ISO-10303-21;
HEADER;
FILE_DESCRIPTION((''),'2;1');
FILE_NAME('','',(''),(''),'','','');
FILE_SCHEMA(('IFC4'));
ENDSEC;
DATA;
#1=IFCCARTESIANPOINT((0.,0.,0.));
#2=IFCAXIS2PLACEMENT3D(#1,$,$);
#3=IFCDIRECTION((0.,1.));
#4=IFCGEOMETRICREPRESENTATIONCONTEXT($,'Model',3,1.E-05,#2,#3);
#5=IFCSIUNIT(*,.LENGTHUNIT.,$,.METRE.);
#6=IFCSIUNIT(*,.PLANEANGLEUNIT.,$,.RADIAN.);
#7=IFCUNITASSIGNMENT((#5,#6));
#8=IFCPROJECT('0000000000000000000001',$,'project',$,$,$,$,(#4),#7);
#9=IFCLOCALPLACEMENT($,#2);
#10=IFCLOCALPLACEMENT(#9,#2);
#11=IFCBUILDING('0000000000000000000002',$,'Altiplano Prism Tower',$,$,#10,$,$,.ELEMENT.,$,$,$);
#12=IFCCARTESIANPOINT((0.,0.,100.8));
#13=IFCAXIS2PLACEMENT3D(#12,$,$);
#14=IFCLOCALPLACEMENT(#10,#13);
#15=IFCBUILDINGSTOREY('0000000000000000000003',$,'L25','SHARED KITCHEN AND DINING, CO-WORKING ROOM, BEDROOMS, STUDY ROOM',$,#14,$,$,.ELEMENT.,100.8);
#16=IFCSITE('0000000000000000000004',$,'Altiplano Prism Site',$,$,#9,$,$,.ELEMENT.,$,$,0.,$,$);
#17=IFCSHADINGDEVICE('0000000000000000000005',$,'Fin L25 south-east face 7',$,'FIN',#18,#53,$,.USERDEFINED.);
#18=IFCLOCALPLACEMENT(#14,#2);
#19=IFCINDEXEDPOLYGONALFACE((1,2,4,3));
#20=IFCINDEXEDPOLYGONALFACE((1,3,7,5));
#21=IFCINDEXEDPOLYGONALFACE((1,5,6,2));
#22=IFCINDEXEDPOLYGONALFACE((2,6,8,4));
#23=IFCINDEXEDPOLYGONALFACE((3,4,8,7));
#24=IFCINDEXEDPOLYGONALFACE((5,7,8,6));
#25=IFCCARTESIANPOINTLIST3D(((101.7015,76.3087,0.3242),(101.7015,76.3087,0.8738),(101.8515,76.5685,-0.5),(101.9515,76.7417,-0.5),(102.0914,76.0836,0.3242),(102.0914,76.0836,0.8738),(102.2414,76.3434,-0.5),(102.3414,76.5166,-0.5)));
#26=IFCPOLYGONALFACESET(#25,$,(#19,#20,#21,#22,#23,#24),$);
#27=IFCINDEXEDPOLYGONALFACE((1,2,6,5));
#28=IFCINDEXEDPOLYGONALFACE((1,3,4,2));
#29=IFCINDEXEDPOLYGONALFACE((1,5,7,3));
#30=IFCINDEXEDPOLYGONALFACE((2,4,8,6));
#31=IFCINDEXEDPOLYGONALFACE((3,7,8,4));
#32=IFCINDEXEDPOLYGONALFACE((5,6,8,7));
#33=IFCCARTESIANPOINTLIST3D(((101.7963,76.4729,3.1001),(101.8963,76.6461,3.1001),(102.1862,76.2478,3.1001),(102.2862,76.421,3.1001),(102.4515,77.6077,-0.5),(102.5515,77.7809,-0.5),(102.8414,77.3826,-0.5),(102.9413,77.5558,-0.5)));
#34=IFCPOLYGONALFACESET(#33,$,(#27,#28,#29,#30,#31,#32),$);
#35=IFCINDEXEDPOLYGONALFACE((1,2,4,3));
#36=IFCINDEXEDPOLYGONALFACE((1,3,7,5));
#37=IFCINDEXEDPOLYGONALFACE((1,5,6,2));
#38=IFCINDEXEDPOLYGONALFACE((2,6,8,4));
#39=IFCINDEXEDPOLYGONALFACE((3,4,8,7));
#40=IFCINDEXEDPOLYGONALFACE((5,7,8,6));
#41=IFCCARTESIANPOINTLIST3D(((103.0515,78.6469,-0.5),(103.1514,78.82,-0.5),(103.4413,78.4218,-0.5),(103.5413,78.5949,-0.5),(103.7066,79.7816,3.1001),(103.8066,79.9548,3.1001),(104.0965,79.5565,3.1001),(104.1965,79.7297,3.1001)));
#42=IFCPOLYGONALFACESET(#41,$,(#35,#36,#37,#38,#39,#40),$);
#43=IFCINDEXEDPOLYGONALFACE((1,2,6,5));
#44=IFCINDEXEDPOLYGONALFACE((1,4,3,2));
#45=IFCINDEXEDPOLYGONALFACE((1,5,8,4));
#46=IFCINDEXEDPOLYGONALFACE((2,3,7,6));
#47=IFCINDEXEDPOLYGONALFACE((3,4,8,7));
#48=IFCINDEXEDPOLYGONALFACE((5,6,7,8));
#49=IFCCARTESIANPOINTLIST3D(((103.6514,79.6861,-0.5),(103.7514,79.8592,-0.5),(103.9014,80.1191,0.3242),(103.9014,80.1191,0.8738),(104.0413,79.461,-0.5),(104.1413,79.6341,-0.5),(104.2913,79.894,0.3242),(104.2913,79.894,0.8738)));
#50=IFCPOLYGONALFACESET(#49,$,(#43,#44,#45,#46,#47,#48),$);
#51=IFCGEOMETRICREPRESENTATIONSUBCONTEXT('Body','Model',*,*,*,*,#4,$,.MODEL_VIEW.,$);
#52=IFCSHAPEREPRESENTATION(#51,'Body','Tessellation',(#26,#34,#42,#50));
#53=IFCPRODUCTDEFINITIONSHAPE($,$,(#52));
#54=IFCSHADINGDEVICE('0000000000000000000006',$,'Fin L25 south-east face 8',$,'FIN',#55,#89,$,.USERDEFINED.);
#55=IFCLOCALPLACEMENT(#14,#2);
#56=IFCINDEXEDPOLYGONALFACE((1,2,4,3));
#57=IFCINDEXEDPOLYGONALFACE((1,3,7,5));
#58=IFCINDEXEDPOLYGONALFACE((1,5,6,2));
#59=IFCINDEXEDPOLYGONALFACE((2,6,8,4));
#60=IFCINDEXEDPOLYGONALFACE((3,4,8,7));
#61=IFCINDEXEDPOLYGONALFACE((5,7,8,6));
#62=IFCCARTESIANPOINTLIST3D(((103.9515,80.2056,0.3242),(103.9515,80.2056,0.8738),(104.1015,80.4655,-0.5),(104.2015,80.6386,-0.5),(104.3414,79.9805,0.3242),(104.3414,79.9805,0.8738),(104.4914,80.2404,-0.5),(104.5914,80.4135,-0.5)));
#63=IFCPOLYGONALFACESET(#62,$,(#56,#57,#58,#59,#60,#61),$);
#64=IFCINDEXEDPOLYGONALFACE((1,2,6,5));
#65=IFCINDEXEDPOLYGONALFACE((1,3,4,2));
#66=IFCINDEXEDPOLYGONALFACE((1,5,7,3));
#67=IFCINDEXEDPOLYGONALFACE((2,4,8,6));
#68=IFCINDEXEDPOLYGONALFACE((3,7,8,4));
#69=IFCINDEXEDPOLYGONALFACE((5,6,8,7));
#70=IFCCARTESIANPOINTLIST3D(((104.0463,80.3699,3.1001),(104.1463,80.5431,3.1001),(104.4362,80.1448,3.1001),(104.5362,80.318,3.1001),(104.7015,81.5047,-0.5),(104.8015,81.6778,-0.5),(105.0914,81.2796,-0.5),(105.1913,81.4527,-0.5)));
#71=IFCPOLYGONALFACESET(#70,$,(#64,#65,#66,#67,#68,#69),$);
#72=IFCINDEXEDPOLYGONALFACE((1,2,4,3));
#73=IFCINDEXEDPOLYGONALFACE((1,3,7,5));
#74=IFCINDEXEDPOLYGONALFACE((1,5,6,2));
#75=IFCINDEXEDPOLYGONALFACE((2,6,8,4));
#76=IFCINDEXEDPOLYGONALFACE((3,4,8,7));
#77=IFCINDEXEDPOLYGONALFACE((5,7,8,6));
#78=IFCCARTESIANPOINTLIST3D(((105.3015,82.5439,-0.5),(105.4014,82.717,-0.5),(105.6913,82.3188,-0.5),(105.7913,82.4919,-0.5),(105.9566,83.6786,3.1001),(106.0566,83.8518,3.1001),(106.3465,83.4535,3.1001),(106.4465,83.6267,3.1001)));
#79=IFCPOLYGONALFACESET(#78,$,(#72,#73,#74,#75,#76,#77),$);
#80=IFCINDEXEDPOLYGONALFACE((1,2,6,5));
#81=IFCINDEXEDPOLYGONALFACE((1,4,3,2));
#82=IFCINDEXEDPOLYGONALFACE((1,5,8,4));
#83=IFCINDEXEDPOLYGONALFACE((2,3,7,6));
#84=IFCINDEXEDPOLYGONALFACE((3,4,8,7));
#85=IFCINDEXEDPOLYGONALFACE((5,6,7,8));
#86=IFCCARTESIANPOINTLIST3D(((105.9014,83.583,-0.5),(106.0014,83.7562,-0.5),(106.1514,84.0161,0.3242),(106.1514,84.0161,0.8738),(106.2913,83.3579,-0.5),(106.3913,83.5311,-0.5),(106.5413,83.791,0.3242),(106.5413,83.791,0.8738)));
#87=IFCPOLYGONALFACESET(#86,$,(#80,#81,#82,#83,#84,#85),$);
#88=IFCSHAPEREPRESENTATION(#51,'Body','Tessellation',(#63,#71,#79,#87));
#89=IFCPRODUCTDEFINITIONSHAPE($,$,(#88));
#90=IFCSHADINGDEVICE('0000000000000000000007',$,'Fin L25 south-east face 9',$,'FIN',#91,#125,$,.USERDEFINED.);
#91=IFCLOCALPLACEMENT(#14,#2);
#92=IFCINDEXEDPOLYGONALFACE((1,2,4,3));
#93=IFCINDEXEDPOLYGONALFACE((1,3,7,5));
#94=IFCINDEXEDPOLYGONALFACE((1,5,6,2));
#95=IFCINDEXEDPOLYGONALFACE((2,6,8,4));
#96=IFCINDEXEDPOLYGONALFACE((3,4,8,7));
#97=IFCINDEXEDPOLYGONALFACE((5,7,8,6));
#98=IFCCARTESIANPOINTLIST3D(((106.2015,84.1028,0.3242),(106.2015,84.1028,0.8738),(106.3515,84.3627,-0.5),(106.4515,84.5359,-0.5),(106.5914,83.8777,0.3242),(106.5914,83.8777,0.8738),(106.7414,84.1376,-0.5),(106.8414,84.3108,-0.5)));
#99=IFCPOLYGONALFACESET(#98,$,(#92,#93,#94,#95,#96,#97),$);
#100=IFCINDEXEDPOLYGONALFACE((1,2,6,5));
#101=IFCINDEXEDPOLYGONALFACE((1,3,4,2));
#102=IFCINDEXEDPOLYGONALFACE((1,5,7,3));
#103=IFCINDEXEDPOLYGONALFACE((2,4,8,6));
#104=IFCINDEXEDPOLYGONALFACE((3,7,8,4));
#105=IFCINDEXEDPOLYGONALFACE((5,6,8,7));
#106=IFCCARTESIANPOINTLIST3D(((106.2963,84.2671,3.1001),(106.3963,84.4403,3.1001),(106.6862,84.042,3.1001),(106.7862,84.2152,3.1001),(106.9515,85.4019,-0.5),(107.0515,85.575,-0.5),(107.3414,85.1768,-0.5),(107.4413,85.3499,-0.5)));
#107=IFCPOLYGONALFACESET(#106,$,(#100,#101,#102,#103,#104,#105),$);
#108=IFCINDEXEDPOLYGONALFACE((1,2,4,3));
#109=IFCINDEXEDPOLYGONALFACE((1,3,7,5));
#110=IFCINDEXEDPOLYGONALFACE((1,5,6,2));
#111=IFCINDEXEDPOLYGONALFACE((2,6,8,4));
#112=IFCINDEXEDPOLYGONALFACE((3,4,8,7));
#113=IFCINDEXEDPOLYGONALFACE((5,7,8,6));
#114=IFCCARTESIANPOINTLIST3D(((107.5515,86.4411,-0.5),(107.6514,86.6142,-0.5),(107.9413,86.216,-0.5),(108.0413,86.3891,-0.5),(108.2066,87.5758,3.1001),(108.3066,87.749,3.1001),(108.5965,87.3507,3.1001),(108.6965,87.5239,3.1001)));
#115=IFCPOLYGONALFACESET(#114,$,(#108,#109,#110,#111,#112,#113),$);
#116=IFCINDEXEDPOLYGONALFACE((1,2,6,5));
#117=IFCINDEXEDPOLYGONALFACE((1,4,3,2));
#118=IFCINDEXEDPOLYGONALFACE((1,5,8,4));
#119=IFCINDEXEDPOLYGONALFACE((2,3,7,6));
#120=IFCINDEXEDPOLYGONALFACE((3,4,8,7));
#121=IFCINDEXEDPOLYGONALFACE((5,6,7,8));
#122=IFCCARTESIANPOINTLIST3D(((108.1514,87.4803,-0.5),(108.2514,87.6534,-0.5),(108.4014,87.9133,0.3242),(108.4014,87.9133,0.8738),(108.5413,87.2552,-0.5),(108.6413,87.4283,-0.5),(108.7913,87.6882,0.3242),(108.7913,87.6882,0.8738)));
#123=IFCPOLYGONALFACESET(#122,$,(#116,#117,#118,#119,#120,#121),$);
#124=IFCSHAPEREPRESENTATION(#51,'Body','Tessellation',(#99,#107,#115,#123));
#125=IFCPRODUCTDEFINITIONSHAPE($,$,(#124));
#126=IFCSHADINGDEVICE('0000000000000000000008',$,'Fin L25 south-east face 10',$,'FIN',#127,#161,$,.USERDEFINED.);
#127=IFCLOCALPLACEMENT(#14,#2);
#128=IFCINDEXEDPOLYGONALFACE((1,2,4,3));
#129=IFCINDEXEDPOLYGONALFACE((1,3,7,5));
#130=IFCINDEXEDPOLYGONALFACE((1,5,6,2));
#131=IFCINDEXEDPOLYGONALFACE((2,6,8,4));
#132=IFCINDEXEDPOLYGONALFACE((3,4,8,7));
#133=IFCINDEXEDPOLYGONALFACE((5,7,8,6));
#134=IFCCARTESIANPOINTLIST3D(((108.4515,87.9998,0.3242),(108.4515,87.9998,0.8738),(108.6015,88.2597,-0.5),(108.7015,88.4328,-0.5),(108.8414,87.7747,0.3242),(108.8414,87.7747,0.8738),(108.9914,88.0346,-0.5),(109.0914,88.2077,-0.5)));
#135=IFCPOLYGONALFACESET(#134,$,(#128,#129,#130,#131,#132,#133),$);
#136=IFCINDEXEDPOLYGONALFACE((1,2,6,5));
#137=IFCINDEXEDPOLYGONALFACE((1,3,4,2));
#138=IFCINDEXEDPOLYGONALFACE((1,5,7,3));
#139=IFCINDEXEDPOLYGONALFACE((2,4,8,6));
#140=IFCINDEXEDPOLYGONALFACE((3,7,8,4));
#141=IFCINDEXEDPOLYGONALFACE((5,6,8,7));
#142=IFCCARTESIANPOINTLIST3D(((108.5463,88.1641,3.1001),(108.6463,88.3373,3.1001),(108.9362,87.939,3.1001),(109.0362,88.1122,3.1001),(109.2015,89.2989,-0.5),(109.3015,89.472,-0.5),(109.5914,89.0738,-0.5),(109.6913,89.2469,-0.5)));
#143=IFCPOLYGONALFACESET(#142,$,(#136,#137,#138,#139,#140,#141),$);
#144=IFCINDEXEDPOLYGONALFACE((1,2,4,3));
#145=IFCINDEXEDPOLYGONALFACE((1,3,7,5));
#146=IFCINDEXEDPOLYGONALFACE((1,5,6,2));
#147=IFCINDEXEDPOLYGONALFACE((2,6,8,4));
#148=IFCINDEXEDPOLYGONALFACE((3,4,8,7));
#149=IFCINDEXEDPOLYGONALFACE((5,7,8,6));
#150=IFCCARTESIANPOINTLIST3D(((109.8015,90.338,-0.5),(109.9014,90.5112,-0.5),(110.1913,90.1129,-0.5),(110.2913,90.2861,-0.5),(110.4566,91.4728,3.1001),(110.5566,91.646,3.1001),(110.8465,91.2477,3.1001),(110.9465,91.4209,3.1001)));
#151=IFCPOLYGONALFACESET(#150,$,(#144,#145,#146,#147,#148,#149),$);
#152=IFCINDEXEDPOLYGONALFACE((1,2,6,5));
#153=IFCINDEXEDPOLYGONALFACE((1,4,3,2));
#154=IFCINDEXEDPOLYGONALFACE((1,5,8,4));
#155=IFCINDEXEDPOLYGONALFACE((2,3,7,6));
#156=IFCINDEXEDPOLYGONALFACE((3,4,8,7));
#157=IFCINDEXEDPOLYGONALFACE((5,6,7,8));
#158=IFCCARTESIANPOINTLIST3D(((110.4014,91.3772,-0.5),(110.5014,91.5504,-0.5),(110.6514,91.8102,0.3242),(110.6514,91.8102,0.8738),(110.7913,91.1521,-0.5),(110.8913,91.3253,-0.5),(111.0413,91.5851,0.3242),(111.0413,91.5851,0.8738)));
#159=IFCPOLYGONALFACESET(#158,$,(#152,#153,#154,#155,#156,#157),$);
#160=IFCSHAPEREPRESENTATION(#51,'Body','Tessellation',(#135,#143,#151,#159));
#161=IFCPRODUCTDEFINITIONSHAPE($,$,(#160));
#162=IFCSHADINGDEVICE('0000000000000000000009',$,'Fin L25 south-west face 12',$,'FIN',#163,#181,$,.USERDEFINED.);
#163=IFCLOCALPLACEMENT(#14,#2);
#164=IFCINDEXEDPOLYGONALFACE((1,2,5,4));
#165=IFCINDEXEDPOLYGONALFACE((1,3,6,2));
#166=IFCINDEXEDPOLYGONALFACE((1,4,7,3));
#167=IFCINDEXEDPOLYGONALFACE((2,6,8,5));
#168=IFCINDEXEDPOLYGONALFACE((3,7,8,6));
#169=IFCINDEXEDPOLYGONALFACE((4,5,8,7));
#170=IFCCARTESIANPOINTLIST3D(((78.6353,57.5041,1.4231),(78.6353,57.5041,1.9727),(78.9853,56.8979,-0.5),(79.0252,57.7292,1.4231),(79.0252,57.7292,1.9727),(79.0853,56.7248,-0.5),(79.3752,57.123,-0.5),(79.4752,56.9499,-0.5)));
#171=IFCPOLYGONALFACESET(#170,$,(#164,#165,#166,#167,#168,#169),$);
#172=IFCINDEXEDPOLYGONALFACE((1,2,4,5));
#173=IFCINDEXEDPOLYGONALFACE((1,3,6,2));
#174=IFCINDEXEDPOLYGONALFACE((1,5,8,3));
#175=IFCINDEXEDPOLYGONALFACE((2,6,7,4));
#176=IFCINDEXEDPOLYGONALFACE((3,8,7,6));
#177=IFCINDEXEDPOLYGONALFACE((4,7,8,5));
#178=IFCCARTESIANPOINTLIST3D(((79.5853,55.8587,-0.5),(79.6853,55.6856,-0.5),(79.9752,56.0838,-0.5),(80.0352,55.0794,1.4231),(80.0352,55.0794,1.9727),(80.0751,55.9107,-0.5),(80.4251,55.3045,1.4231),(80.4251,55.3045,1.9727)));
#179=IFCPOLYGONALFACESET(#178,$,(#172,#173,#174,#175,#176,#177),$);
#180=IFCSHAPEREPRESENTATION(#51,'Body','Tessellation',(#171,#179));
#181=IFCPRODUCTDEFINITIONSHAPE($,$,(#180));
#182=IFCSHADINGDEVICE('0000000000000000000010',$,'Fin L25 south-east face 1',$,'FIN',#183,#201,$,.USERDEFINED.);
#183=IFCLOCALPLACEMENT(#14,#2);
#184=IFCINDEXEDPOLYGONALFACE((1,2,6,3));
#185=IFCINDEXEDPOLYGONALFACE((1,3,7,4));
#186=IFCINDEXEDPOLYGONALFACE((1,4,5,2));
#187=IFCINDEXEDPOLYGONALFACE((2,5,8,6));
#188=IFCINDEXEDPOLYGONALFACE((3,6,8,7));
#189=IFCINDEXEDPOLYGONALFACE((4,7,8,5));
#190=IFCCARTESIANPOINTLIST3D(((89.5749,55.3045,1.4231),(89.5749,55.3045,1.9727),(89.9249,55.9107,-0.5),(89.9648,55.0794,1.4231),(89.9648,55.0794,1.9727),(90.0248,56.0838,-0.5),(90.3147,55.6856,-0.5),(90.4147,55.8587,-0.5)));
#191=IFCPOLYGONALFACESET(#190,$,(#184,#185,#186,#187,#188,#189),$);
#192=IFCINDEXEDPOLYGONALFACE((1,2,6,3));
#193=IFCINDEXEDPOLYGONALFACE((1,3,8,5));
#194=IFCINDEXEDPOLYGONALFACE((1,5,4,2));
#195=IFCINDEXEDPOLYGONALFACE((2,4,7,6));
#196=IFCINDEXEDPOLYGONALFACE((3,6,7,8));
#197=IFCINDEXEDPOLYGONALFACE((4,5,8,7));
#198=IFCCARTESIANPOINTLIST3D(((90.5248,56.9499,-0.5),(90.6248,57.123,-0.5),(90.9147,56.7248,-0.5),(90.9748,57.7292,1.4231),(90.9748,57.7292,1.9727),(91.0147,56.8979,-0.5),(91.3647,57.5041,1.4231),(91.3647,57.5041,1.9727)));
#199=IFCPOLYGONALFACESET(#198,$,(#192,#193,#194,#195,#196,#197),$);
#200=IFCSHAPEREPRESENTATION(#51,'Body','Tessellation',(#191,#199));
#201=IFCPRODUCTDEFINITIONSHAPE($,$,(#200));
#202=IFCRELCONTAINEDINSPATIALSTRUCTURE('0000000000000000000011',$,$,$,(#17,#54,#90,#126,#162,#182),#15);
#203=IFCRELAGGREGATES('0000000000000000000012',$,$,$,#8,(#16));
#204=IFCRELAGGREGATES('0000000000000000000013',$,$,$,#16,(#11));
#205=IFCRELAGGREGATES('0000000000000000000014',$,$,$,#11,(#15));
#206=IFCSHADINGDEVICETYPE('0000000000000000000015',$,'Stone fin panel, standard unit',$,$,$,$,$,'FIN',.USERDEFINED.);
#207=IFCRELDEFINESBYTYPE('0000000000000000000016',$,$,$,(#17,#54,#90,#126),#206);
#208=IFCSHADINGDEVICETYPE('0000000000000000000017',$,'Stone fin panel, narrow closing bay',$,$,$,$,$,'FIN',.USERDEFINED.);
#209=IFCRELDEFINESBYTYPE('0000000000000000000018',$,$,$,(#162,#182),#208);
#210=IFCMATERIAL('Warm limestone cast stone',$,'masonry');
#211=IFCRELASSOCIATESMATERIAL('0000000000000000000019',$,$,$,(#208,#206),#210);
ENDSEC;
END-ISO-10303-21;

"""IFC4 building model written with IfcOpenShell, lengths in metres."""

from ifc_helpers import new_model, si_unit, direction, frame, origin, place, context, subcontext, project, spatial, polyline, outline, extrude, source, transform, mapped, material, type_object, element, save


model = new_model("IFC4")

# Units and contexts
model_context = context("Model", 3, precision=1e-05, world=origin(), true_north=direction((0.0, 1.0)))
body_context = subcontext(model_context, "Body", "Model", "MODEL_VIEW")
ifc_project = project(units=[si_unit("LENGTHUNIT", "METRE"), si_unit("PLANEANGLEUNIT", "RADIAN")], contexts=[model_context])

# Site, building, storey
site_placement = place(None, origin())
site = spatial("IfcSite", under=ifc_project, at=site_placement, Name="Altiplano Prism Site", CompositionType="ELEMENT", RefElevation=0.0)
building_placement = place(site_placement, origin())
building = spatial("IfcBuilding", under=site, at=building_placement, Name="Altiplano Prism Tower", CompositionType="ELEMENT")
storey_placement = place(building_placement, frame((0.0, 0.0, 100.8)))
storey = spatial("IfcBuildingStorey", under=building, at=storey_placement, Name="L25", Description="SHARED KITCHEN AND DINING, CO-WORKING ROOM, BEDROOMS, STUDY ROOM", CompositionType="ELEMENT", Elevation=100.8)

# Shading devices
ifc_material_1 = material(Name="Warm limestone cast stone", Category="masonry")
shading_device_type_1 = type_object("IfcShadingDeviceType", Name="Stone fin panel, narrow closing bay", ElementType="FIN", PredefinedType="USERDEFINED", material=ifc_material_1)
shading_device_type_2 = type_object("IfcShadingDeviceType", Name="Stone fin panel, standard unit", ElementType="FIN", PredefinedType="USERDEFINED", material=ifc_material_1)
shared_shape_1 = source(origin(), body_context, "Body", "SweptSolid", [
    extrude(outline(polyline([(-2.2, 1.3738), (-2.2, 0.8242), (-1.8999, 0.0), (-1.7, 0.0), (-2.2, 1.3738)])), frame((0.0, -0.1499, 0.0), z_axis=(0.0, -1.0, 0.0), x_axis=(1.0, 0.0, 0.0)), (0.0, 0.0, 1.0), 0.4502),
    extrude(outline(polyline([(-2.0103, 3.6001), (-0.7, 0.0), (-0.5, 0.0), (-1.8103, 3.6001), (-2.0103, 3.6001)])), frame((0.0, -0.1499, 0.0), z_axis=(0.0, -1.0, 0.0), x_axis=(1.0, 0.0, 0.0)), (0.0, 0.0, 1.0), 0.4502),
    extrude(outline(polyline([(1.8103, 3.6001), (0.5, 0.0), (0.7, 0.0), (2.0103, 3.6001), (1.8103, 3.6001)])), frame((0.0, -0.1499, 0.0), z_axis=(0.0, -1.0, 0.0), x_axis=(1.0, 0.0, 0.0)), (0.0, 0.0, 1.0), 0.4502),
    extrude(outline(polyline([(2.2, 0.8242), (2.2, 1.3738), (1.7, 0.0), (1.8999, 0.0), (2.2, 0.8242)])), frame((0.0, -0.1499, 0.0), z_axis=(0.0, -1.0, 0.0), x_axis=(1.0, 0.0, 0.0)), (0.0, 0.0, 1.0), 0.4502),
])
shading_device_1_placement = place(storey_placement, origin())
element("IfcShadingDevice", 1, at=shading_device_1_placement, inside=storey, type_object=shading_device_type_2, Name="Fin L25 south-east face 7", ObjectType="FIN", PredefinedType="USERDEFINED", context=body_context, shape_type="MappedRepresentation", body=[
    mapped(shared_shape_1, transform((102.6716, 78.2888, -0.5), x_axis=(0.5, 0.866025, 0.0), y_axis=(-0.866025, 0.5, 0.0), z_axis=(0.0, 0.0, 1.0))),
])
shading_device_2_placement = place(storey_placement, origin())
element("IfcShadingDevice", 2, at=shading_device_2_placement, inside=storey, type_object=shading_device_type_2, Name="Fin L25 south-east face 8", ObjectType="FIN", PredefinedType="USERDEFINED", context=body_context, shape_type="MappedRepresentation", body=[
    mapped(shared_shape_1, transform((104.9216, 82.1858, -0.5), x_axis=(0.5, 0.866025, 0.0), y_axis=(-0.866025, 0.5, 0.0), z_axis=(0.0, 0.0, 1.0))),
])
shading_device_3_placement = place(storey_placement, origin())
element("IfcShadingDevice", 3, at=shading_device_3_placement, inside=storey, type_object=shading_device_type_2, Name="Fin L25 south-east face 9", ObjectType="FIN", PredefinedType="USERDEFINED", context=body_context, shape_type="MappedRepresentation", body=[
    mapped(shared_shape_1, transform((107.1716, 86.083, -0.5), x_axis=(0.5, 0.866025, 0.0), y_axis=(-0.866025, 0.5, 0.0), z_axis=(0.0, 0.0, 1.0))),
])
shading_device_4_placement = place(storey_placement, origin())
element("IfcShadingDevice", 4, at=shading_device_4_placement, inside=storey, type_object=shading_device_type_2, Name="Fin L25 south-east face 10", ObjectType="FIN", PredefinedType="USERDEFINED", context=body_context, shape_type="MappedRepresentation", body=[
    mapped(shared_shape_1, transform((109.4216, 89.98, -0.5), x_axis=(0.5, 0.866025, 0.0), y_axis=(-0.866025, 0.5, 0.0), z_axis=(0.0, 0.0, 1.0))),
])
shared_shape_2 = source(origin(), body_context, "Body", "SweptSolid", [
    extrude(outline(polyline([(-1.3999, 2.4727), (-1.3999, 1.9231), (-0.7, 0.0), (-0.5, 0.0), (-1.3999, 2.4727)])), frame((0.0, -0.1499, 0.0), z_axis=(0.0, -1.0, 0.0), x_axis=(1.0, 0.0, 0.0)), (0.0, 0.0, 1.0), 0.4502),
    extrude(outline(polyline([(1.3999, 1.9231), (1.3999, 2.4727), (0.5, 0.0), (0.7, 0.0), (1.3999, 1.9231)])), frame((0.0, -0.1499, 0.0), z_axis=(0.0, -1.0, 0.0), x_axis=(1.0, 0.0, 0.0)), (0.0, 0.0, 1.0), 0.4502),
])
shading_device_5_placement = place(storey_placement, origin())
element("IfcShadingDevice", 5, at=shading_device_5_placement, inside=storey, type_object=shading_device_type_1, Name="Fin L25 south-west face 12", ObjectType="FIN", PredefinedType="USERDEFINED", context=body_context, shape_type="MappedRepresentation", body=[
    mapped(shared_shape_2, transform((79.855, 56.5918, -0.5), x_axis=(0.5, -0.866025, 0.0), y_axis=(0.866025, 0.5, 0.0), z_axis=(0.0, 0.0, 1.0))),
])
shading_device_6_placement = place(storey_placement, origin())
element("IfcShadingDevice", 6, at=shading_device_6_placement, inside=storey, type_object=shading_device_type_1, Name="Fin L25 south-east face 1", ObjectType="FIN", PredefinedType="USERDEFINED", context=body_context, shape_type="MappedRepresentation", body=[
    mapped(shared_shape_2, transform((90.145, 56.5918, -0.5), x_axis=(0.5, 0.866025, 0.0), y_axis=(-0.866025, 0.5, 0.0), z_axis=(0.0, 0.0, 1.0))),
])

save(model, "model.ifc")
